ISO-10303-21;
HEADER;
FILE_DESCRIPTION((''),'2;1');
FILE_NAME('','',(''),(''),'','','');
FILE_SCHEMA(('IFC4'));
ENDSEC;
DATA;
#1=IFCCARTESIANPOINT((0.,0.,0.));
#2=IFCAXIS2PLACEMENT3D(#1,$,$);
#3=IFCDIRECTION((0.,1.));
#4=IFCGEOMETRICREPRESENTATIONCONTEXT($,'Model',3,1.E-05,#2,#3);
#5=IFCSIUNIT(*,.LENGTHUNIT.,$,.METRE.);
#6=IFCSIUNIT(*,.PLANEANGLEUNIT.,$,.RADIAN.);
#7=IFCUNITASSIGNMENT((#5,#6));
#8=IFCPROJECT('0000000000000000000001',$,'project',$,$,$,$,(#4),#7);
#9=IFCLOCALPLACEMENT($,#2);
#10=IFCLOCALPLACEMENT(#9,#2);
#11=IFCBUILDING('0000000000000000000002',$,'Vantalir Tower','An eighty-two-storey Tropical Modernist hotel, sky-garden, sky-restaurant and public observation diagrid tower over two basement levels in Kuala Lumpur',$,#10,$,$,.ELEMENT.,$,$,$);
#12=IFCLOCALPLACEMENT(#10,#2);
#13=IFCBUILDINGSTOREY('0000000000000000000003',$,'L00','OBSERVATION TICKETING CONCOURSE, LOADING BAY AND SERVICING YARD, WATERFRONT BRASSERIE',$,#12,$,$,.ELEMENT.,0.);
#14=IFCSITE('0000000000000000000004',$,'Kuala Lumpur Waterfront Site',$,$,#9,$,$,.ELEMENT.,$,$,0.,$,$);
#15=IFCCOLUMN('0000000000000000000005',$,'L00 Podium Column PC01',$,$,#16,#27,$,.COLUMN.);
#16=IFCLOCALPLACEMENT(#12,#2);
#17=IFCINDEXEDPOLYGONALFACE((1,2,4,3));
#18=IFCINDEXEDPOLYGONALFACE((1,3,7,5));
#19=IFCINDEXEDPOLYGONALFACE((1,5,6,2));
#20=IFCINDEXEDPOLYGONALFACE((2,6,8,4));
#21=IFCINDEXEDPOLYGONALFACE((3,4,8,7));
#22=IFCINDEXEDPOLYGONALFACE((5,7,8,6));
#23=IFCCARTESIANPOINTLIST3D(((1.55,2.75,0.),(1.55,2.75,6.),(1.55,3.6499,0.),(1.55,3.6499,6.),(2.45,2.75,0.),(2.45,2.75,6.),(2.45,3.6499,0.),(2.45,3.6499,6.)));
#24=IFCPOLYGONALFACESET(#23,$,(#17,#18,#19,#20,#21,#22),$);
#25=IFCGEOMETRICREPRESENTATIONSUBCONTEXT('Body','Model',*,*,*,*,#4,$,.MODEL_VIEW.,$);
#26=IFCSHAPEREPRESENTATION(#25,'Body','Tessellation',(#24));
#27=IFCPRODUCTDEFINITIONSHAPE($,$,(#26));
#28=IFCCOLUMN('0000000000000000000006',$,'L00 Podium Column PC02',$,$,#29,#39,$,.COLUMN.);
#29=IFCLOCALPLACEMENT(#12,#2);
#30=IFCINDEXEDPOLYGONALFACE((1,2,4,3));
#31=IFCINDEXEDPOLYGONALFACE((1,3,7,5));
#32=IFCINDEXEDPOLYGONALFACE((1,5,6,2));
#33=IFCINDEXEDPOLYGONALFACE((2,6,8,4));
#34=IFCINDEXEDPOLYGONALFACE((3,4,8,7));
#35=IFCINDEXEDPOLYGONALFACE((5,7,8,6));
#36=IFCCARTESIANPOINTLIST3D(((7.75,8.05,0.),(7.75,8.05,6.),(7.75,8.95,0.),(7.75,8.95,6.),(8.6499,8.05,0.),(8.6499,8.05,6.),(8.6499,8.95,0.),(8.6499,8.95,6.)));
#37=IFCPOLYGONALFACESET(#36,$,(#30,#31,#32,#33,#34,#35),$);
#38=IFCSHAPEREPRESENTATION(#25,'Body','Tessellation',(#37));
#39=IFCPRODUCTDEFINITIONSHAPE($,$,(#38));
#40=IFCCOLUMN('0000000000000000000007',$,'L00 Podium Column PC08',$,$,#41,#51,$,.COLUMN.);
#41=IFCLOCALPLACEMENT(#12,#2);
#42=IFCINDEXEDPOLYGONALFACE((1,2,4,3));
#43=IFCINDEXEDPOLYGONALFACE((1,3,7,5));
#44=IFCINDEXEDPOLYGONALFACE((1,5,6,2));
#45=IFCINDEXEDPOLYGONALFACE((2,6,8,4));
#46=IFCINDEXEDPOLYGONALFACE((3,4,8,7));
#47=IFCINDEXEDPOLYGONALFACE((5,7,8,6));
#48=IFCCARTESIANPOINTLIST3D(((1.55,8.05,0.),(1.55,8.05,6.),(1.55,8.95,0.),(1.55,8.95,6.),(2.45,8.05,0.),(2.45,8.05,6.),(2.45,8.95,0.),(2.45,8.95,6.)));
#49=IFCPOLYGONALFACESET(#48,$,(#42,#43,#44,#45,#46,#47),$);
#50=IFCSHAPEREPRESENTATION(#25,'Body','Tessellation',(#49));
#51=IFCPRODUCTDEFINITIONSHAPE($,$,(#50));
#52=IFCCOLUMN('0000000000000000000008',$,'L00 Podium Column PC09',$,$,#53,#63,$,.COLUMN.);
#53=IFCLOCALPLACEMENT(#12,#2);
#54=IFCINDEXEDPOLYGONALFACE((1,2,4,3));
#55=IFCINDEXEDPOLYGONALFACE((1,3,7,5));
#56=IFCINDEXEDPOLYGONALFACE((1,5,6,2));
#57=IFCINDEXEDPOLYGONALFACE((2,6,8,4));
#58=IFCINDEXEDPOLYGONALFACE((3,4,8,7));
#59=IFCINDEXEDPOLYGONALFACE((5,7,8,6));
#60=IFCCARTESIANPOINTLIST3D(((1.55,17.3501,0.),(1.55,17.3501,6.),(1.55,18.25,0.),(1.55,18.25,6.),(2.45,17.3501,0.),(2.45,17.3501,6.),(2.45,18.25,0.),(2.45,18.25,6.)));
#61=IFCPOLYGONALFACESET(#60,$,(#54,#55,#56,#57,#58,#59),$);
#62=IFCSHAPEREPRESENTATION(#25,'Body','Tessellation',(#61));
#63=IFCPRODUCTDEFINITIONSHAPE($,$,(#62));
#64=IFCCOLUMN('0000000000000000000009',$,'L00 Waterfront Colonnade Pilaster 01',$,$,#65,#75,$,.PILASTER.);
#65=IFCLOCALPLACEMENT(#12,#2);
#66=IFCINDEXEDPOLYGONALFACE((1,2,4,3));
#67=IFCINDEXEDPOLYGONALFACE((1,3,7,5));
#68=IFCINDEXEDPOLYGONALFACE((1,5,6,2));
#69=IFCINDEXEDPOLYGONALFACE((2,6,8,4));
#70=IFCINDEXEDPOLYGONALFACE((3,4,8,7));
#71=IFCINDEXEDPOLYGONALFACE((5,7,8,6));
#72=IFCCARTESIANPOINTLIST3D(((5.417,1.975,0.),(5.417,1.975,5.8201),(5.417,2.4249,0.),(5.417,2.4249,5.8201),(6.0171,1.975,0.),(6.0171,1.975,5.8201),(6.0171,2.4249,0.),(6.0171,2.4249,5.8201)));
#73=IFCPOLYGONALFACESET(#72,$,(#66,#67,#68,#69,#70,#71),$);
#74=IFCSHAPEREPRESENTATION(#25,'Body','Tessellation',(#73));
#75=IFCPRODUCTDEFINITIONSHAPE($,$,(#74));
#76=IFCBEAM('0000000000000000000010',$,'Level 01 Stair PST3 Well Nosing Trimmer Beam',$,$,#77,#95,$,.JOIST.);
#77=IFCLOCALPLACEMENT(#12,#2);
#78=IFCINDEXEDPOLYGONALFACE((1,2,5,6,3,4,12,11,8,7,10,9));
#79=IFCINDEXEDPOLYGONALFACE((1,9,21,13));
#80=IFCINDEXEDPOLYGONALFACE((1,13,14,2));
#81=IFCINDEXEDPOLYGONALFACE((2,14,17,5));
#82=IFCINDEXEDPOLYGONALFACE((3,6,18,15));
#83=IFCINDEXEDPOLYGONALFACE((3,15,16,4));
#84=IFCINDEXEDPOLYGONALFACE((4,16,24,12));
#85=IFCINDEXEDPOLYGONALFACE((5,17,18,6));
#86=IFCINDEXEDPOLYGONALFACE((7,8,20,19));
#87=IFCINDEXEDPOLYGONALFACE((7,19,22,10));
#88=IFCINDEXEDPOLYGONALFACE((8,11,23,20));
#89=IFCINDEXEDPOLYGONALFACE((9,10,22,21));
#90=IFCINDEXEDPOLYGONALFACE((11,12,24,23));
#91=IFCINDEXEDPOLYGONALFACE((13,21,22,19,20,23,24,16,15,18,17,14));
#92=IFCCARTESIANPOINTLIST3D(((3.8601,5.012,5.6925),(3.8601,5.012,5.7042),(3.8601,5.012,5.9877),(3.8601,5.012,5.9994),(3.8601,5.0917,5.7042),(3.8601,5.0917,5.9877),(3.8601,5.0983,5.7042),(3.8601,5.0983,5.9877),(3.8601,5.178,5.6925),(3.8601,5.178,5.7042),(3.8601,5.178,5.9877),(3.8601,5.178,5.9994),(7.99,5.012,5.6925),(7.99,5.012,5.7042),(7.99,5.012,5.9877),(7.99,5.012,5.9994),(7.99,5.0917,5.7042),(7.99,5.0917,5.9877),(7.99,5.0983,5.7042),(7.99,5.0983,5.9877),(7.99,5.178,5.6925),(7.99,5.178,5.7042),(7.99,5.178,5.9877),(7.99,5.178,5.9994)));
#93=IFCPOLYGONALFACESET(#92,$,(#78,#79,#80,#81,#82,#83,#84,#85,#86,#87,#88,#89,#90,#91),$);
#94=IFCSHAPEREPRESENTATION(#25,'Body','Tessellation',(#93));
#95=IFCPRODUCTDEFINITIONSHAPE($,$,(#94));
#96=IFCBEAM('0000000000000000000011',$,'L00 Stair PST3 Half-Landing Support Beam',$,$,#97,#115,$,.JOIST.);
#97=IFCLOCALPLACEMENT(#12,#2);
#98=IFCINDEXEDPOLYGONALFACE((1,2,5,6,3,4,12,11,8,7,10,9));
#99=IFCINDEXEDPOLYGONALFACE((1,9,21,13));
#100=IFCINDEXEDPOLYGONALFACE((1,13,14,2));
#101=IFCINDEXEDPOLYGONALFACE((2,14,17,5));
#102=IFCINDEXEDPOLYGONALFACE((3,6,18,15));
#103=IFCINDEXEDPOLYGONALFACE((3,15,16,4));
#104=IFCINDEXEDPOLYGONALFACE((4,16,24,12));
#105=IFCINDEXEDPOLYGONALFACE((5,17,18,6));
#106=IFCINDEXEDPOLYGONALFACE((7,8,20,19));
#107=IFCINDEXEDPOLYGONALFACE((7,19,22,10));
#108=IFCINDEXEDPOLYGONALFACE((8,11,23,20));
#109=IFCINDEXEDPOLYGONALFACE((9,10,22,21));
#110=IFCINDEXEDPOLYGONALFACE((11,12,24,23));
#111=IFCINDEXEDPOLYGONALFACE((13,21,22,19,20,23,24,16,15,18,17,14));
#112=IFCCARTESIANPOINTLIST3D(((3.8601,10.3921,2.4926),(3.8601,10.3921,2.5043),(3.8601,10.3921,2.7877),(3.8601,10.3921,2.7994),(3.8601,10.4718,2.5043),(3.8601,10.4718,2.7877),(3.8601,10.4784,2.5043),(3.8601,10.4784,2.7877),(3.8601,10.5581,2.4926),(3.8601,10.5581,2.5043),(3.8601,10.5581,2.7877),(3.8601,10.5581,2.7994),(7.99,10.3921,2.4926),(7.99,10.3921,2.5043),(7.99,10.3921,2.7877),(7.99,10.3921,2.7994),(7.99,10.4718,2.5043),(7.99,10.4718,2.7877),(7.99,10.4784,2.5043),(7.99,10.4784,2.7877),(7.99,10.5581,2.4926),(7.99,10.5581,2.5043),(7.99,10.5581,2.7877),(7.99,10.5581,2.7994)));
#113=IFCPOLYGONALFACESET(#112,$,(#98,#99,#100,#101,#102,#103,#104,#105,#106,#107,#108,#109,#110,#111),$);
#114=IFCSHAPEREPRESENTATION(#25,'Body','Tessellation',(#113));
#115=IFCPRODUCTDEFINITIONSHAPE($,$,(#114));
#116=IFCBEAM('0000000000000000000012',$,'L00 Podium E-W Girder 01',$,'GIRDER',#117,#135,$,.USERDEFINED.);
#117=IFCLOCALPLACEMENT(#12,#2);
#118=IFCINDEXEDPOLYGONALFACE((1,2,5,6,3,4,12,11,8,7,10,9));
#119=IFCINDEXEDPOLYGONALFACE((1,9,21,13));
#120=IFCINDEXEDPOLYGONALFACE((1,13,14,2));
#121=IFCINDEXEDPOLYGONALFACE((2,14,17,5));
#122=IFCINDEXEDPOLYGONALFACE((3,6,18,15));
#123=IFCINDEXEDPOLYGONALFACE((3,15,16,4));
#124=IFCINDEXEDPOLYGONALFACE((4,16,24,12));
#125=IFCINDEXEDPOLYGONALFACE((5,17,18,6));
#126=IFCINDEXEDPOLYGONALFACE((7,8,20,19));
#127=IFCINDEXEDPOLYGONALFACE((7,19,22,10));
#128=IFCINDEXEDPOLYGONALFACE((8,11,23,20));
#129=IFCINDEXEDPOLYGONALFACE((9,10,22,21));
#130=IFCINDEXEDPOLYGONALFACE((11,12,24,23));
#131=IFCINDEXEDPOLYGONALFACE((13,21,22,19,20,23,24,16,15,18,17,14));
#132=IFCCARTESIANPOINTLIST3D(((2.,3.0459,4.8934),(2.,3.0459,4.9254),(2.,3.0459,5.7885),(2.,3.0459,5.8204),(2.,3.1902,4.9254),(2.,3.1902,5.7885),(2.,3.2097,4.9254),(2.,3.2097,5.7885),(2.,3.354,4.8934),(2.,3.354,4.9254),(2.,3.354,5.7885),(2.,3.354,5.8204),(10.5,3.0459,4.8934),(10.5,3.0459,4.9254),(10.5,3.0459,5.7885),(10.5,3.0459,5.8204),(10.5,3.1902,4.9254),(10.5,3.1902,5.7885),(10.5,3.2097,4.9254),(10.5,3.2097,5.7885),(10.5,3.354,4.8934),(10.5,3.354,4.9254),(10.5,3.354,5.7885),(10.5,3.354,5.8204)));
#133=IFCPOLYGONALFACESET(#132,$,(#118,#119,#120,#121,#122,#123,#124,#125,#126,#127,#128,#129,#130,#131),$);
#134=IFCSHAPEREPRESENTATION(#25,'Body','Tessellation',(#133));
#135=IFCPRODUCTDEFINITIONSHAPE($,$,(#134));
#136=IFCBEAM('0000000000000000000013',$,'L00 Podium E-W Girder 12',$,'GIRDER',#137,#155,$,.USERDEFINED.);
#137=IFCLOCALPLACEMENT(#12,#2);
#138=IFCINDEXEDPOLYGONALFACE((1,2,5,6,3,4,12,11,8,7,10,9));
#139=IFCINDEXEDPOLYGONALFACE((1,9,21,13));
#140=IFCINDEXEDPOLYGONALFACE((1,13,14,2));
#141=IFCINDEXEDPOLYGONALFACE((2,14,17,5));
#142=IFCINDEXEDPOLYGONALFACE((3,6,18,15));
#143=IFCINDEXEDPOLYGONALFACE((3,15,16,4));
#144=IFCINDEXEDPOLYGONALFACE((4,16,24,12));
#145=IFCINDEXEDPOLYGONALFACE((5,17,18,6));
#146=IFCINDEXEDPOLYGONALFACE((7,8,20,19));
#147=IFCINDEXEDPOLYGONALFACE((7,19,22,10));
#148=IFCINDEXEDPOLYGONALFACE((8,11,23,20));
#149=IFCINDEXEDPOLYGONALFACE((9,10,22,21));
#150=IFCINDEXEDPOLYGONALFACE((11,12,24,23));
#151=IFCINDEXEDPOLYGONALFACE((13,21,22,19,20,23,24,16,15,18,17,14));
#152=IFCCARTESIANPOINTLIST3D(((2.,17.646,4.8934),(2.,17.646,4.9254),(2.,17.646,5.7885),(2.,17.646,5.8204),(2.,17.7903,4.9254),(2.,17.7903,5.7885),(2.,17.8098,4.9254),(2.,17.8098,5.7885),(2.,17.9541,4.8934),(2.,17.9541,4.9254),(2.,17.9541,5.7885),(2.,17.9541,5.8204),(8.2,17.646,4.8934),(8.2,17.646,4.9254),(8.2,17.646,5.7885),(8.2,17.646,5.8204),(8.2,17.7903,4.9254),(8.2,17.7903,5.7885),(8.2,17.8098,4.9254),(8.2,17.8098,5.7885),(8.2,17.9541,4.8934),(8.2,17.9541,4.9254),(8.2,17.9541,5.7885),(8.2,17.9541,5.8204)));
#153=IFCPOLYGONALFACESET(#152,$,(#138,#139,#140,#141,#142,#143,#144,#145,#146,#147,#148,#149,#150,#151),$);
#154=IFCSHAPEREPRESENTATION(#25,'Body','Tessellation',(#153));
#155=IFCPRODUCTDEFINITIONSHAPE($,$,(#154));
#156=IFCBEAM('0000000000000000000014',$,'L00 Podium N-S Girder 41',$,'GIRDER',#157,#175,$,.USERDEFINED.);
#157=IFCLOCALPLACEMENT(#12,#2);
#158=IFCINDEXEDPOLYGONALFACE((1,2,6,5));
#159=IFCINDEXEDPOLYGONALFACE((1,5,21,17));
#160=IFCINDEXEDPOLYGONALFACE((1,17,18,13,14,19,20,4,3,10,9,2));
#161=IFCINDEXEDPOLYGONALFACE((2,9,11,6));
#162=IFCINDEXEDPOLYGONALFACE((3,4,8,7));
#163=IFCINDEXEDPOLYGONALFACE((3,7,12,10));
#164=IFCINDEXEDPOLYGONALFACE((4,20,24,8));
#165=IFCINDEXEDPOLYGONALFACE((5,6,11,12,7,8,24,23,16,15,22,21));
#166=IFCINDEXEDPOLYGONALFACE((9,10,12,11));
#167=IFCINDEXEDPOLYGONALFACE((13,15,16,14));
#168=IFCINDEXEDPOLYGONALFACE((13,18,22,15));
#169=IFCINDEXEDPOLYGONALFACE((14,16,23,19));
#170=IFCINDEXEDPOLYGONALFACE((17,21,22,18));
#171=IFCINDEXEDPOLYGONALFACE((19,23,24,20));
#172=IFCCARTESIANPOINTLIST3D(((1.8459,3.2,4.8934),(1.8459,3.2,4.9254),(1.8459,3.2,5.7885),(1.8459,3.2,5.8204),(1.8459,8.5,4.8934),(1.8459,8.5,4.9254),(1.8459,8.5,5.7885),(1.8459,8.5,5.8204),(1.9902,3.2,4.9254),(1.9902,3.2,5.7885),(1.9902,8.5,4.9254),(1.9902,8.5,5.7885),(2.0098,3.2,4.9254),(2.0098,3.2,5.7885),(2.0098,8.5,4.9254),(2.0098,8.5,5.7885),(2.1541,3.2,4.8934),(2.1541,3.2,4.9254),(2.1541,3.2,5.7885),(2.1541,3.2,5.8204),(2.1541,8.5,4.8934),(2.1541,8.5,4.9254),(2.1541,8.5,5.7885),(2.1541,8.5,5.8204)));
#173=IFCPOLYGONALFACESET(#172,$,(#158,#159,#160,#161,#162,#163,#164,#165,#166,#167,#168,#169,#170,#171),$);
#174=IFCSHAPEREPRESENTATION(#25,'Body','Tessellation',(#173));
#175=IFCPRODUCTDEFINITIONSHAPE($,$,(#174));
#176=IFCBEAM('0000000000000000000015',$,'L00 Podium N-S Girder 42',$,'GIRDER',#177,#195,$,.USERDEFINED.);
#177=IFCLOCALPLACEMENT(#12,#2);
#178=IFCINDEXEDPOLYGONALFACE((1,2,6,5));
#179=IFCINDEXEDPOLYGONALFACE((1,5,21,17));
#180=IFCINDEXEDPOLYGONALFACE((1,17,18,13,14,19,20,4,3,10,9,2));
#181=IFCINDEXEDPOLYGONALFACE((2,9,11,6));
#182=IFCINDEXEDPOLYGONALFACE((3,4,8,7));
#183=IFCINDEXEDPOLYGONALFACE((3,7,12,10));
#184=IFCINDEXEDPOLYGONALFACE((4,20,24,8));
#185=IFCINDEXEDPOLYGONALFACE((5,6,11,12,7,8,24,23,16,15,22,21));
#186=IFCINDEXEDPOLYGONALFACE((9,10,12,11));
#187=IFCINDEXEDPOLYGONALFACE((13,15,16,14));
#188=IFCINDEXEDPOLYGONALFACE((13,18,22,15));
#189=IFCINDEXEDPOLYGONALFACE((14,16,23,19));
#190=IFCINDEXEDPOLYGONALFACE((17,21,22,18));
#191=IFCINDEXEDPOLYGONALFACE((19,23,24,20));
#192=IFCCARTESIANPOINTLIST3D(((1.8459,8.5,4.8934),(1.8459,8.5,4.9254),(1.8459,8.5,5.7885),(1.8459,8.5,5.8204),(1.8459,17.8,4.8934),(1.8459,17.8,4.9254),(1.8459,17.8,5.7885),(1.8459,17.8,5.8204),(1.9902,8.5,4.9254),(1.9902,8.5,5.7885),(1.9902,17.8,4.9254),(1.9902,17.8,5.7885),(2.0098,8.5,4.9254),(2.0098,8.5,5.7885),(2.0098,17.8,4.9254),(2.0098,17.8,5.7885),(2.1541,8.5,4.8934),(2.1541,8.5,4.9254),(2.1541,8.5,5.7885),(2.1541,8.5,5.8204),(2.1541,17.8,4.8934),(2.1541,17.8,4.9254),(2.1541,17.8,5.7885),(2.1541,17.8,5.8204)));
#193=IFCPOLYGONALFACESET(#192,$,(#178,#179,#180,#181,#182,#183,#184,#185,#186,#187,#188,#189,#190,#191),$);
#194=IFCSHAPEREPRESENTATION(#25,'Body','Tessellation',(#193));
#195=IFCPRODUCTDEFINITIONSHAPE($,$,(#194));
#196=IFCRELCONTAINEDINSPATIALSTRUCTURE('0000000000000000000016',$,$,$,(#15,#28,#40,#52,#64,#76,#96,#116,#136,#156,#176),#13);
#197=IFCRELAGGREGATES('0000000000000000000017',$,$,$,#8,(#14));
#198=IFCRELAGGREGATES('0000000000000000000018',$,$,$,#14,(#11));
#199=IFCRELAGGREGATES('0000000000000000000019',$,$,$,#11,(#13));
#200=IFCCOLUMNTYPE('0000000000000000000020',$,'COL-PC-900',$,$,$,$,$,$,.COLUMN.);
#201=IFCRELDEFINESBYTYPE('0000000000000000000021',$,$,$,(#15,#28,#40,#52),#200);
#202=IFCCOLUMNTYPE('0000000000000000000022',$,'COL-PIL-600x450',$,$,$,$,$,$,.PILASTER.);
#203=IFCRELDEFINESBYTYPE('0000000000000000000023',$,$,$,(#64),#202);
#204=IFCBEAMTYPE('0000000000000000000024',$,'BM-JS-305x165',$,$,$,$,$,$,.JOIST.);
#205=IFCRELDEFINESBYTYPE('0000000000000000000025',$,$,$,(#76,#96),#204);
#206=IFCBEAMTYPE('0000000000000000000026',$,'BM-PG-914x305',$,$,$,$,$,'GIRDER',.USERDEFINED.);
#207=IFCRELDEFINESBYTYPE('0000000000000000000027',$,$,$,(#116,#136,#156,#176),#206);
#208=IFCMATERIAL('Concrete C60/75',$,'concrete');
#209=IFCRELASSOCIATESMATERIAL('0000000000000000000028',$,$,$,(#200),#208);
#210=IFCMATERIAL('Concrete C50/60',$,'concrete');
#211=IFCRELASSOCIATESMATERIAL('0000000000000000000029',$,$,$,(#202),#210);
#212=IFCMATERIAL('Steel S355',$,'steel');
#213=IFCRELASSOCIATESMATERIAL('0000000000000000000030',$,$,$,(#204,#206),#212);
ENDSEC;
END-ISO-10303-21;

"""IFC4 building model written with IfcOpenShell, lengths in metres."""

from ifc_helpers import new_model, si_unit, direction, frame, origin, origin_2d, place, context, subcontext, project, spatial, rectangle, i_section, extrude, material, material_profile, profile_set, type_object, element, save


model = new_model("IFC4")

# Units and contexts
model_context = context("Model", 3, precision=1e-05, world=origin(), true_north=direction((0.0, 1.0)))
body_context = subcontext(model_context, "Body", "Model", "MODEL_VIEW")
ifc_project = project(units=[si_unit("LENGTHUNIT", "METRE"), si_unit("PLANEANGLEUNIT", "RADIAN")], contexts=[model_context])

# Site, building, storey
site_placement = place(None, origin())
site = spatial("IfcSite", under=ifc_project, at=site_placement, Name="Kuala Lumpur Waterfront Site", CompositionType="ELEMENT", RefElevation=0.0)
building_placement = place(site_placement, origin())
building = spatial("IfcBuilding", under=site, at=building_placement, Name="Vantalir Tower", Description="An eighty-two-storey Tropical Modernist hotel, sky-garden, sky-restaurant and public observation diagrid tower over two basement levels in Kuala Lumpur", CompositionType="ELEMENT")
storey_placement = place(building_placement, origin())
storey = spatial("IfcBuildingStorey", under=building, at=storey_placement, Name="L00", Description="OBSERVATION TICKETING CONCOURSE, LOADING BAY AND SERVICING YARD, WATERFRONT BRASSERIE", CompositionType="ELEMENT", Elevation=0.0)

# Columns
ifc_material_1 = material(Name="Concrete C60/75", Category="concrete")
ifc_material_profile_1 = material_profile(ifc_material_1, rectangle(XDim=0.8999, YDim=0.8999, at=origin_2d()), Name="Concrete C60/75")
ifc_profile_set_1 = profile_set([ifc_material_profile_1], Name="Concrete C60/75")
column_type_1 = type_object("IfcColumnType", Name="COL-PC-900", PredefinedType="COLUMN", material=ifc_profile_set_1)
for number, where, z_axis, x_axis, name in (
    (1, (2.0, 3.2, 0.0), (0.0, 0.0, 1.0), (1.0, 0.0, 0.0), "L00 Podium Column PC01"),
    (2, (8.2, 8.5, 0.0), (0.0, 0.0, 1.0), (1.0, 0.0, 0.0), "L00 Podium Column PC02"),
    (3, (2.0, 8.5, 0.0), (0.0, 0.0, 1.0), (1.0, 0.0, 0.0), "L00 Podium Column PC08"),
    (4, (2.0, 17.8, 0.0), (0.0, 0.0, 1.0), (1.0, 0.0, 0.0), "L00 Podium Column PC09"),
):
    element("IfcColumn", number, at=place(storey_placement, frame(where, z_axis=z_axis, x_axis=x_axis)), inside=storey, type_object=column_type_1, Name=name, PredefinedType="COLUMN", context=body_context, shape_type="SweptSolid", body=[
        extrude(rectangle(XDim=0.8999, YDim=0.8999, at=origin_2d()), origin(), (0.0, 0.0, 1.0), 6.0),
    ])
ifc_material_2 = material(Name="Concrete C50/60", Category="concrete")
ifc_material_profile_2 = material_profile(ifc_material_2, rectangle(XDim=0.6001, YDim=0.45, at=origin_2d()), Name="Concrete C50/60")
ifc_profile_set_2 = profile_set([ifc_material_profile_2], Name="Concrete C50/60")
column_type_2 = type_object("IfcColumnType", Name="COL-PIL-600x450", PredefinedType="PILASTER", material=ifc_profile_set_2)
column_placement = place(storey_placement, frame((5.717, 2.2, 0.0), z_axis=(0.0, 0.0, 1.0), x_axis=(1.0, 0.0, 0.0)))
element("IfcColumn", 5, at=column_placement, inside=storey, type_object=column_type_2, Name="L00 Waterfront Colonnade Pilaster 01", PredefinedType="PILASTER", context=body_context, shape_type="SweptSolid", body=[
    extrude(rectangle(XDim=0.6001, YDim=0.45, at=origin_2d()), origin(), (0.0, 0.0, 1.0), 5.8201),
])

# Beams
ifc_material_3 = material(Name="Steel S355", Category="steel")
ifc_material_profile_3 = material_profile(ifc_material_3, i_section(OverallWidth=0.166, OverallDepth=0.3069, WebThickness=0.0066, FlangeThickness=0.0117, at=origin_2d()), Name="Steel S355")
ifc_profile_set_3 = profile_set([ifc_material_profile_3], Name="Steel S355")
beam_type_1 = type_object("IfcBeamType", Name="BM-JS-305x165", PredefinedType="JOIST", material=ifc_profile_set_3)
for number, where, z_axis, x_axis, name in (
    (6, (3.8601, 5.095, 5.8459), (1.0, 0.0, 0.0), (0.0, 1.0, 0.0), "Level 01 Stair PST3 Well Nosing Trimmer Beam"),
    (7, (3.8601, 10.4751, 2.646), (1.0, 0.0, 0.0), (0.0, 1.0, 0.0), "L00 Stair PST3 Half-Landing Support Beam"),
):
    element("IfcBeam", number, at=place(storey_placement, frame(where, z_axis=z_axis, x_axis=x_axis)), inside=storey, type_object=beam_type_1, Name=name, PredefinedType="JOIST", context=body_context, shape_type="SweptSolid", body=[
        extrude(i_section(OverallWidth=0.166, OverallDepth=0.3069, WebThickness=0.0066, FlangeThickness=0.0117, at=origin_2d()), origin(), (0.0, 0.0, 1.0), 4.1299),
    ])
ifc_material_profile_4 = material_profile(ifc_material_3, i_section(OverallWidth=0.3081, OverallDepth=0.927, WebThickness=0.0195, FlangeThickness=0.032, at=origin_2d()), Name="Steel S355")
ifc_profile_set_4 = profile_set([ifc_material_profile_4], Name="Steel S355")
beam_type_2 = type_object("IfcBeamType", Name="BM-PG-914x305", ElementType="GIRDER", PredefinedType="USERDEFINED", material=ifc_profile_set_4)
beam_1_placement = place(storey_placement, frame((2.0, 3.2, 5.3569), z_axis=(1.0, 0.0, 0.0), x_axis=(0.0, 1.0, 0.0)))
element("IfcBeam", 8, at=beam_1_placement, inside=storey, type_object=beam_type_2, Name="L00 Podium E-W Girder 01", ObjectType="GIRDER", PredefinedType="USERDEFINED", context=body_context, shape_type="SweptSolid", body=[
    extrude(i_section(OverallWidth=0.3081, OverallDepth=0.927, WebThickness=0.0195, FlangeThickness=0.032, at=origin_2d()), origin(), (0.0, 0.0, 1.0), 8.5),
])
beam_2_placement = place(storey_placement, frame((2.0, 17.8, 5.3569), z_axis=(1.0, 0.0, 0.0), x_axis=(0.0, 1.0, 0.0)))
element("IfcBeam", 9, at=beam_2_placement, inside=storey, type_object=beam_type_2, Name="L00 Podium E-W Girder 12", ObjectType="GIRDER", PredefinedType="USERDEFINED", context=body_context, shape_type="SweptSolid", body=[
    extrude(i_section(OverallWidth=0.3081, OverallDepth=0.927, WebThickness=0.0195, FlangeThickness=0.032, at=origin_2d()), origin(), (0.0, 0.0, 1.0), 6.2),
])
beam_3_placement = place(storey_placement, frame((2.0, 3.2, 5.3569), z_axis=(0.0, 1.0, 0.0), x_axis=(-1.0, 0.0, 0.0)))
element("IfcBeam", 10, at=beam_3_placement, inside=storey, type_object=beam_type_2, Name="L00 Podium N-S Girder 41", ObjectType="GIRDER", PredefinedType="USERDEFINED", context=body_context, shape_type="SweptSolid", body=[
    extrude(i_section(OverallWidth=0.3081, OverallDepth=0.927, WebThickness=0.0195, FlangeThickness=0.032, at=origin_2d()), origin(), (0.0, 0.0, 1.0), 5.3),
])
beam_4_placement = place(storey_placement, frame((2.0, 8.5, 5.3569), z_axis=(0.0, 1.0, 0.0), x_axis=(-1.0, 0.0, 0.0)))
element("IfcBeam", 11, at=beam_4_placement, inside=storey, type_object=beam_type_2, Name="L00 Podium N-S Girder 42", ObjectType="GIRDER", PredefinedType="USERDEFINED", context=body_context, shape_type="SweptSolid", body=[
    extrude(i_section(OverallWidth=0.3081, OverallDepth=0.927, WebThickness=0.0195, FlangeThickness=0.032, at=origin_2d()), origin(), (0.0, 0.0, 1.0), 9.3),
])

save(model, "model.ifc")
